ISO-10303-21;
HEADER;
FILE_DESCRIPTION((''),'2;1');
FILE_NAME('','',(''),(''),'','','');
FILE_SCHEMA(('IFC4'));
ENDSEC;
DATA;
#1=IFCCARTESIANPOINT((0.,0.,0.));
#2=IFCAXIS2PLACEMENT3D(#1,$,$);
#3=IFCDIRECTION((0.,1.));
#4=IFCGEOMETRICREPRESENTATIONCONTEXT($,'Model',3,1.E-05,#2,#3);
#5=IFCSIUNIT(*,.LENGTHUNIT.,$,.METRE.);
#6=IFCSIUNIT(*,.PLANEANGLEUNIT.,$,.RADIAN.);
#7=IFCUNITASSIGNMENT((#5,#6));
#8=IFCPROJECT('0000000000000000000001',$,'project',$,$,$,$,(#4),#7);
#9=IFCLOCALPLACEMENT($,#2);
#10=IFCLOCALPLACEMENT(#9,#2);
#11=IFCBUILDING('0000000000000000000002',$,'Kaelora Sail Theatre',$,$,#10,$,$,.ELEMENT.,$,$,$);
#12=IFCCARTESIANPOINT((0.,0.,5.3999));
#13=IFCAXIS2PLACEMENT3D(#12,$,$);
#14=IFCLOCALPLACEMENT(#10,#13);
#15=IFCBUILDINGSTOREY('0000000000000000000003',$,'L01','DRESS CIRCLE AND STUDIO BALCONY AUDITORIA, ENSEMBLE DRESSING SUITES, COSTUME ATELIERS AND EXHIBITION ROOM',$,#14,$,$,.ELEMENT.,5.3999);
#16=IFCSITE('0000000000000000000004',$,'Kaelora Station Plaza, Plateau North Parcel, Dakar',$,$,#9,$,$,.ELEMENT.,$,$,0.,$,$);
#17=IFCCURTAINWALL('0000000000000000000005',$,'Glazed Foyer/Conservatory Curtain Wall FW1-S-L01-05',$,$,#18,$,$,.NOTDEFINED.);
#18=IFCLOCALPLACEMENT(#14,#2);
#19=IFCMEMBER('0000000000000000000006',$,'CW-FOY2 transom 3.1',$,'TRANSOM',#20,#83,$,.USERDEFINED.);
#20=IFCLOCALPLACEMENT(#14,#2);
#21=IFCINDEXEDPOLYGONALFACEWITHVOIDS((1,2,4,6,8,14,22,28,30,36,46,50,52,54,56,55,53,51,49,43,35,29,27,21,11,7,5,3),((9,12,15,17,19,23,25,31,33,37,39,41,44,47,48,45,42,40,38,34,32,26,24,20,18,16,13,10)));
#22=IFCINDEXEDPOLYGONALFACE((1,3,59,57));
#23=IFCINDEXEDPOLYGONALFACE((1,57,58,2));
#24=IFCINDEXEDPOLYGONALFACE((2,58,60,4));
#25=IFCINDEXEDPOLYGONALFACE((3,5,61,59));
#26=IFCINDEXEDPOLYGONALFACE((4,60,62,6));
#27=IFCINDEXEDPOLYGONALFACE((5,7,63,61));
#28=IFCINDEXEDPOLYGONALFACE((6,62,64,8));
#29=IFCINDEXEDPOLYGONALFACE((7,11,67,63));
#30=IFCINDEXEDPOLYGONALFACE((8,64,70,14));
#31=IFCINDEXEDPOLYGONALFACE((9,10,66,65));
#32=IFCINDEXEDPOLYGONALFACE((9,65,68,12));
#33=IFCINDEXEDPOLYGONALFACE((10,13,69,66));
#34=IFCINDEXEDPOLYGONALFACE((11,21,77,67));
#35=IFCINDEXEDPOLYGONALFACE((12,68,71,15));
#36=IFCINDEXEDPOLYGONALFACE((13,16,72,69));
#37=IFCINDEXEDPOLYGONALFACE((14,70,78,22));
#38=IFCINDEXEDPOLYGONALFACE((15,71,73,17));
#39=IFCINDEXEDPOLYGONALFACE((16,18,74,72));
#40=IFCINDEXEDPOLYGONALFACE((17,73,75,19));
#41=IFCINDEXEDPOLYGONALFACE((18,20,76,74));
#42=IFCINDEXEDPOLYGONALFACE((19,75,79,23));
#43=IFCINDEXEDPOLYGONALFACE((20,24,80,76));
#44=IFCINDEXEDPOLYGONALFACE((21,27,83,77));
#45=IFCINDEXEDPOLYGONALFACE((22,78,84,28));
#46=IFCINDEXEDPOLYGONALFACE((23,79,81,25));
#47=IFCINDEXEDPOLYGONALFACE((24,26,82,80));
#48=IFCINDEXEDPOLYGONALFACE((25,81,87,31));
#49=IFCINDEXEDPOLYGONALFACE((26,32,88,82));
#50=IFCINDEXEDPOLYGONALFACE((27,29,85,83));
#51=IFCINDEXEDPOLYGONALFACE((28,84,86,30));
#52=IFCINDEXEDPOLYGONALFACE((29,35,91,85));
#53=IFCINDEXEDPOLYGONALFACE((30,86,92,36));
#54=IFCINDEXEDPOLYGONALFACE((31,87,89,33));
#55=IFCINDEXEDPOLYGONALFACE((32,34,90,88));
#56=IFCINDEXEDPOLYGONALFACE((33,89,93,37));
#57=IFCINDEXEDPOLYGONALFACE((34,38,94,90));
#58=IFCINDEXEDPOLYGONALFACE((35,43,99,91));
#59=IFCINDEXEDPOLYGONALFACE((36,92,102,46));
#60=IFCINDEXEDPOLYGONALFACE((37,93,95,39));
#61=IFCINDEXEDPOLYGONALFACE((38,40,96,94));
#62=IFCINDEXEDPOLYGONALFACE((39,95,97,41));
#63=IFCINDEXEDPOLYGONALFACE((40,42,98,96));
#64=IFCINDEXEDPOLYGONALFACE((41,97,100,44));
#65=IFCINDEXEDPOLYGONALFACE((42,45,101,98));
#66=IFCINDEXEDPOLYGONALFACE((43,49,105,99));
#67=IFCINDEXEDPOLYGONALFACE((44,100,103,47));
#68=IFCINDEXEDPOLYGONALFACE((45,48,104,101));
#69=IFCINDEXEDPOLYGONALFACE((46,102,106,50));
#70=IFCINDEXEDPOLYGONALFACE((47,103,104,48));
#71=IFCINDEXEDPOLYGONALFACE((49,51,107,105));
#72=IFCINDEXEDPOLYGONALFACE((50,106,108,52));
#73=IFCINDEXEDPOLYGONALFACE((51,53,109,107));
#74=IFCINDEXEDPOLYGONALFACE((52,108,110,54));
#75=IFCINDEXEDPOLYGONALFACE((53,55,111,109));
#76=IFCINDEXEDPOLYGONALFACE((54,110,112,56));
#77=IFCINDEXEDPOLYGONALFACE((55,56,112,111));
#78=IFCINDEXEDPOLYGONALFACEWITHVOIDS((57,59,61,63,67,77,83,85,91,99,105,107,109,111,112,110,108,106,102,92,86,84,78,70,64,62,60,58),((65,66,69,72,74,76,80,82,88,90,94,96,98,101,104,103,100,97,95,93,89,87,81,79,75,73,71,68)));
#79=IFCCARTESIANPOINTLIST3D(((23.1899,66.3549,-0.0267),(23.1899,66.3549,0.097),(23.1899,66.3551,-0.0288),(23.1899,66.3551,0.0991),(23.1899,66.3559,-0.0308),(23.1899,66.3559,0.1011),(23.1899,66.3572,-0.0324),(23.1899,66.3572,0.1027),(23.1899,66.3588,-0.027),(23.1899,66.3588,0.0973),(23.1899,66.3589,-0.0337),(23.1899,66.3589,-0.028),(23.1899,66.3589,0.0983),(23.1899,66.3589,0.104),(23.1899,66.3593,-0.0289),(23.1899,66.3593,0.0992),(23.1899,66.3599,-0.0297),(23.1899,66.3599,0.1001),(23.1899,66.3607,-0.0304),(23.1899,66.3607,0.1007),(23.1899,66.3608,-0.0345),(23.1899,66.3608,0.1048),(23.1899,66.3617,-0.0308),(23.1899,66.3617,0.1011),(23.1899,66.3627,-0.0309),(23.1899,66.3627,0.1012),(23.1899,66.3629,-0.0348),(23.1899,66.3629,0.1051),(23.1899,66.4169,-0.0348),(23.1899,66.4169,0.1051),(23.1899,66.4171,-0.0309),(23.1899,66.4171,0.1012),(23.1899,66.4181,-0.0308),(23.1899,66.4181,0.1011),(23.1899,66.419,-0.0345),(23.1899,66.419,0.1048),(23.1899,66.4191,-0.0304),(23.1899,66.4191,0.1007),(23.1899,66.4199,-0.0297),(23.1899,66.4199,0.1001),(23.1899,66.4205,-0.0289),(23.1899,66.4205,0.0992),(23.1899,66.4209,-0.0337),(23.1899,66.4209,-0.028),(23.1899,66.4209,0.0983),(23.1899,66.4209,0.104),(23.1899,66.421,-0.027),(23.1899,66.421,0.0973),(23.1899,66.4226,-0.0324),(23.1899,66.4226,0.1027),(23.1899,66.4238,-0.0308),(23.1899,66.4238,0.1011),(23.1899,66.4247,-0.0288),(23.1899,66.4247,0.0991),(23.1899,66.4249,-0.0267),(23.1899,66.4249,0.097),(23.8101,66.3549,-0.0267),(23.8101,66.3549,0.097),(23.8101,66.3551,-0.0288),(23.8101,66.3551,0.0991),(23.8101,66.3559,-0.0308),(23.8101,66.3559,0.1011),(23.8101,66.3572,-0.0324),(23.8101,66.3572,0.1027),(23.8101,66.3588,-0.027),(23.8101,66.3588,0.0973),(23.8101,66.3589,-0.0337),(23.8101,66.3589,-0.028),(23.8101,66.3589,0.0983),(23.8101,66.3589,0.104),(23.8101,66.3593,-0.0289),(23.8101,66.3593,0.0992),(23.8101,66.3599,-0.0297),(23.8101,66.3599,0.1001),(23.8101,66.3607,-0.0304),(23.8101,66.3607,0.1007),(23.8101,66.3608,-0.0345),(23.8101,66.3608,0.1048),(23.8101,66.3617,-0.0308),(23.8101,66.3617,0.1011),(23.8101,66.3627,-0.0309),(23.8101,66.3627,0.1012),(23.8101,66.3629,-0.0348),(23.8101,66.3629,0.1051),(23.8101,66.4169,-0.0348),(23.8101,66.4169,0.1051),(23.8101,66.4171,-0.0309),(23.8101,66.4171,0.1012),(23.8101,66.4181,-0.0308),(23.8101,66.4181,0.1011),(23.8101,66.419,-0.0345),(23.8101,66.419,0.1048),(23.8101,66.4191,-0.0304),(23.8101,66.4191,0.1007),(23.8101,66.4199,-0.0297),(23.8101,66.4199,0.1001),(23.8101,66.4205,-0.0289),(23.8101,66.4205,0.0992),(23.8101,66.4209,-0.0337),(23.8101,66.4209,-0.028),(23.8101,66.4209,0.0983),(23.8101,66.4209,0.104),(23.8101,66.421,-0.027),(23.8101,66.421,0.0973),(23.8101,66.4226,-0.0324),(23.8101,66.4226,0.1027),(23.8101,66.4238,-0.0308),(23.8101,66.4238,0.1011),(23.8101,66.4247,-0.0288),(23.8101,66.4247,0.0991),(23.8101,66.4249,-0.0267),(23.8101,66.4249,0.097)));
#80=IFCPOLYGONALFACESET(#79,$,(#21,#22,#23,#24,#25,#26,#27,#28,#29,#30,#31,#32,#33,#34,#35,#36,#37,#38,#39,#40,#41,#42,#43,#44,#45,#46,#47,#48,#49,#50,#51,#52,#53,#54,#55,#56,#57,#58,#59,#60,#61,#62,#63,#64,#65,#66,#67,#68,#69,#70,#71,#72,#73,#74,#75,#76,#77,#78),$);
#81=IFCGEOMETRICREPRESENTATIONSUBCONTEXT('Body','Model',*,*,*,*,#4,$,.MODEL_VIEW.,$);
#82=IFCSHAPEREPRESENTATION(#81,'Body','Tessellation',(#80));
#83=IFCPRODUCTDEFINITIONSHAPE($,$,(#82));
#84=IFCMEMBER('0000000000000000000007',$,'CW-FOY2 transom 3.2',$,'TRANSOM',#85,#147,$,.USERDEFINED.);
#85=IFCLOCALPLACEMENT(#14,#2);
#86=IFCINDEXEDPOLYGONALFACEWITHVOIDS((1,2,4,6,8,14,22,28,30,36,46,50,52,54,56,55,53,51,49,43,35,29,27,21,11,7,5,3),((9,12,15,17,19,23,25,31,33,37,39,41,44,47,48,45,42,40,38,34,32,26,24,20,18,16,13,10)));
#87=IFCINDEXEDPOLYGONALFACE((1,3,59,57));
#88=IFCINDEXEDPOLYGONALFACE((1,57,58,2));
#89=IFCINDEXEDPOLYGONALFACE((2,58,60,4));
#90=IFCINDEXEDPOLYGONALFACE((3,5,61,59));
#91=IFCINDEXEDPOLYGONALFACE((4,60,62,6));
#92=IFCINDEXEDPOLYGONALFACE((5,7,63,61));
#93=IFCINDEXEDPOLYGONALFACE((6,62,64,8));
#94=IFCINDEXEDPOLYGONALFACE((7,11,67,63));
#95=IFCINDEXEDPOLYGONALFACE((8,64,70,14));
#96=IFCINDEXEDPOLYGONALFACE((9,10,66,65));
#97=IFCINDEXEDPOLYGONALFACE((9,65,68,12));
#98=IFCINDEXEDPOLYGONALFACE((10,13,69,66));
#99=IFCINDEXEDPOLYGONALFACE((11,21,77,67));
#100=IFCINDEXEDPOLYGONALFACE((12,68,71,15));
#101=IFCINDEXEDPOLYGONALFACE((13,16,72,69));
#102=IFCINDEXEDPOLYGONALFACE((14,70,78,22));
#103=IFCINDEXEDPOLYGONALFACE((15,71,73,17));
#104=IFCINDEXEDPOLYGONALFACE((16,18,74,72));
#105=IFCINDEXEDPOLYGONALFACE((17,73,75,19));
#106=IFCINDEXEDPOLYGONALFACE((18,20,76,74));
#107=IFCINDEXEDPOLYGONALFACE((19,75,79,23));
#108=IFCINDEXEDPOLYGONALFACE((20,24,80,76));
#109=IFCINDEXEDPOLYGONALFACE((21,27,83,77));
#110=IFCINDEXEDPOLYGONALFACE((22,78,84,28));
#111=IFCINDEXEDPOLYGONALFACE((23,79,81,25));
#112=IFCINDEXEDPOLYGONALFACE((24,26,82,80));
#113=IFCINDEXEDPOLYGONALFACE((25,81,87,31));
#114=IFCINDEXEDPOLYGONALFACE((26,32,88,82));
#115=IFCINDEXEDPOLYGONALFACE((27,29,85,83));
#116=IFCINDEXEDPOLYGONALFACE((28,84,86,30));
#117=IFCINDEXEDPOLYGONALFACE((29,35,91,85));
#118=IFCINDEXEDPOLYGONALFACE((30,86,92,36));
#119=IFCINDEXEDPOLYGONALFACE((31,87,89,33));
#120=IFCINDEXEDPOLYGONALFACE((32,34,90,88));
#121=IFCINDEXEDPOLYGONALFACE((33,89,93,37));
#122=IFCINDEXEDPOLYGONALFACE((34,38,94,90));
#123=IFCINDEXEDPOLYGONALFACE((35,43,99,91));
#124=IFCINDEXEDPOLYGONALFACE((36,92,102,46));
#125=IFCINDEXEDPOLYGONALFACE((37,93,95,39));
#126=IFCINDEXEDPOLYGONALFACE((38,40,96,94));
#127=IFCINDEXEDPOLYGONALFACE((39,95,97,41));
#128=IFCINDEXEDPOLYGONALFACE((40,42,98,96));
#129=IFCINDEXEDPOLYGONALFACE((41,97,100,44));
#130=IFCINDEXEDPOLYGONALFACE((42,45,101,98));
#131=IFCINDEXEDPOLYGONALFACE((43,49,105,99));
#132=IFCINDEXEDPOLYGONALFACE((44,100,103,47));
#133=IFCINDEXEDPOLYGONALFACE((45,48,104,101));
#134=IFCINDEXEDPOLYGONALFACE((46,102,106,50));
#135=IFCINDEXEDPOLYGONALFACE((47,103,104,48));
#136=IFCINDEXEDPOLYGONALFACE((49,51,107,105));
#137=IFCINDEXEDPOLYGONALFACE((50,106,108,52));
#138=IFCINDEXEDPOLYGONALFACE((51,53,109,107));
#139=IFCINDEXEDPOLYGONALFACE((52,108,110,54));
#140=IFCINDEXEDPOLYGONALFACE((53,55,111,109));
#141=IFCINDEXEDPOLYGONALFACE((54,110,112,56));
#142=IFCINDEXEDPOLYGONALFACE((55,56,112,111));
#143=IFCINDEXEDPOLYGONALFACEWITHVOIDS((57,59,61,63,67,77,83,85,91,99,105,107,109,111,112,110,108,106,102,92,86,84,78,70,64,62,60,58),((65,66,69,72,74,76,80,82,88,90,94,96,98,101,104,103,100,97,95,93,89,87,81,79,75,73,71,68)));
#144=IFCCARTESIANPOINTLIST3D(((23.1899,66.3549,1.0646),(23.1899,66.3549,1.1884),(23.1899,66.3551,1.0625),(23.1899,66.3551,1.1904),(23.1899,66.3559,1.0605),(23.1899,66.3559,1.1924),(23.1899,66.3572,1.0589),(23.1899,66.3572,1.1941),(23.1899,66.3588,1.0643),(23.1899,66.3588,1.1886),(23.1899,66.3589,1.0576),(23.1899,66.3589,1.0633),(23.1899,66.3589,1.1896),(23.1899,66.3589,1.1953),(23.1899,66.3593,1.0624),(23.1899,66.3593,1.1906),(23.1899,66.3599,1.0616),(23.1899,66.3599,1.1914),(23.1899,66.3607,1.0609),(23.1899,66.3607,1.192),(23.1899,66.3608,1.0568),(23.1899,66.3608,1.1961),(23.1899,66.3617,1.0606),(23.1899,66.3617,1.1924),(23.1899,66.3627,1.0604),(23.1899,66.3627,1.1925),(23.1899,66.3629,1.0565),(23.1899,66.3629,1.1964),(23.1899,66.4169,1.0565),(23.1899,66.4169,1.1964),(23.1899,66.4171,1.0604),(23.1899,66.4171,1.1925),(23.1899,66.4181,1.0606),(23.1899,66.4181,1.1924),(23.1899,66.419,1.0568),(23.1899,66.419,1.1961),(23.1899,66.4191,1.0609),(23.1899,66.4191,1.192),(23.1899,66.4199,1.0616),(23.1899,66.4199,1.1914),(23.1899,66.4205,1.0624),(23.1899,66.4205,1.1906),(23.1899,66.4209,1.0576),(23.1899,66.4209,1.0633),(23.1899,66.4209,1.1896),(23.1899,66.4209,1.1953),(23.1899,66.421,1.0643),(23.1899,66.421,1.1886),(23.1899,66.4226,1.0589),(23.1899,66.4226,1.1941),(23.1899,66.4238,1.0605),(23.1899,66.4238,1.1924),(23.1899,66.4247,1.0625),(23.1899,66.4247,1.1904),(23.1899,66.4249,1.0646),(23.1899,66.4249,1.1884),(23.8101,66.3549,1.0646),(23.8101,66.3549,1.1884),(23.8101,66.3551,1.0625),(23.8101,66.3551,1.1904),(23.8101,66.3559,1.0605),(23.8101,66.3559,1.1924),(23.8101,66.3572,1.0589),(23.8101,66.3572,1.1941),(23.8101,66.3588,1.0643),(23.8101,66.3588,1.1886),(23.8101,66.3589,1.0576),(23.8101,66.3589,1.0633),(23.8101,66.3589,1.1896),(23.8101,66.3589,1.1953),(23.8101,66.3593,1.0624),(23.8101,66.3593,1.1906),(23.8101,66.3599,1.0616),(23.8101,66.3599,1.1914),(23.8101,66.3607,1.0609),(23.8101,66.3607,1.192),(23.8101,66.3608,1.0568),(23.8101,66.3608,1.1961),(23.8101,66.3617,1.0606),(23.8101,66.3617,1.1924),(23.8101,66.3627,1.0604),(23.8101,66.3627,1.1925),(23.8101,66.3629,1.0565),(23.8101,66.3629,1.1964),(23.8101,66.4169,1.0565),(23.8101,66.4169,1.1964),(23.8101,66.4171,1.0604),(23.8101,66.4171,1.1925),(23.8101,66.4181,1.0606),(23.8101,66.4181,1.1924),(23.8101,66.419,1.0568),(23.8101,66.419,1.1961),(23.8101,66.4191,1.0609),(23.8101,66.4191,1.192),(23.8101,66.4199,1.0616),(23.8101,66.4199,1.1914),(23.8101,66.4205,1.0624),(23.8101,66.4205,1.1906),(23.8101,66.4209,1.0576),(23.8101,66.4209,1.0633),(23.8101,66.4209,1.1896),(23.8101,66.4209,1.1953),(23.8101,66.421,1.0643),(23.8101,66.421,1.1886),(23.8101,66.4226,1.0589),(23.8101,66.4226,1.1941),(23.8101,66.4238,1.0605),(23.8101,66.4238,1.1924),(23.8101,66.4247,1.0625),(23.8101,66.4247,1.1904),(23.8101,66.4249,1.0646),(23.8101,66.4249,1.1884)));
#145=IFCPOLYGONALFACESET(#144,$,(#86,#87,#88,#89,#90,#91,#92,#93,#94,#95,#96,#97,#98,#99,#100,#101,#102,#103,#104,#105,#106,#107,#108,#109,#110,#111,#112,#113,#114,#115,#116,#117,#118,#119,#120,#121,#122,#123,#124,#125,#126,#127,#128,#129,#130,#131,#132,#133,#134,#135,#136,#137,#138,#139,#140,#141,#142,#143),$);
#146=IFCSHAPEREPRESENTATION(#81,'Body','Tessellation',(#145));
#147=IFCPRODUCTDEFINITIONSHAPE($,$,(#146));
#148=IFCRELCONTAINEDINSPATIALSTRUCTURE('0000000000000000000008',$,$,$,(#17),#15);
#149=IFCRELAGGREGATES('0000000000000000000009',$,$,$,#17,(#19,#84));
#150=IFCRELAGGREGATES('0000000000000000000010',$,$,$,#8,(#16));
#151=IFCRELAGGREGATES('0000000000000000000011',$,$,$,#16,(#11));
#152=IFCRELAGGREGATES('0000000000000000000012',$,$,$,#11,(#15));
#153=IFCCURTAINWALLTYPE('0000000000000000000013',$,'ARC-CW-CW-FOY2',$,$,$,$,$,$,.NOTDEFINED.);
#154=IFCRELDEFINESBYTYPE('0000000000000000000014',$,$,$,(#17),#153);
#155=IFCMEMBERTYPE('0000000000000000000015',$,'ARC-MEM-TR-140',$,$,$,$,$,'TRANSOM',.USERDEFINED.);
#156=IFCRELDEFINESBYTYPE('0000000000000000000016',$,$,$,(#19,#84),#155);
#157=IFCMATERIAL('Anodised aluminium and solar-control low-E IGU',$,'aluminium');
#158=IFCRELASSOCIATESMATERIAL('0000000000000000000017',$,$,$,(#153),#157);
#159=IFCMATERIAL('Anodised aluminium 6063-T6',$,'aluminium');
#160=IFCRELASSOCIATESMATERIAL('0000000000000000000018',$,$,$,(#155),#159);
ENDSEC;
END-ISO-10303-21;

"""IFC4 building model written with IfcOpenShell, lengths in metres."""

from ifc_helpers import new_model, si_unit, direction, frame, origin, origin_2d, place, context, subcontext, project, spatial, hollow_rectangle, extrude, material, material_profile, profile_set, type_object, element, aggregate, save


model = new_model("IFC4")

# Units and contexts
model_context = context("Model", 3, precision=1e-05, world=origin(), true_north=direction((0.0, 1.0)))
body_context = subcontext(model_context, "Body", "Model", "MODEL_VIEW")
ifc_project = project(units=[si_unit("LENGTHUNIT", "METRE"), si_unit("PLANEANGLEUNIT", "RADIAN")], contexts=[model_context])

# Site, building, storey
site_placement = place(None, origin())
site = spatial("IfcSite", under=ifc_project, at=site_placement, Name="Kaelora Station Plaza, Plateau North Parcel, Dakar", CompositionType="ELEMENT", RefElevation=0.0)
building_placement = place(site_placement, origin())
building = spatial("IfcBuilding", under=site, at=building_placement, Name="Kaelora Sail Theatre", CompositionType="ELEMENT")
storey_placement = place(building_placement, frame((0.0, 0.0, 5.3999)))
storey = spatial("IfcBuildingStorey", under=building, at=storey_placement, Name="L01", Description="DRESS CIRCLE AND STUDIO BALCONY AUDITORIA, ENSEMBLE DRESSING SUITES, COSTUME ATELIERS AND EXHIBITION ROOM", CompositionType="ELEMENT", Elevation=5.3999)

# Curtain wall, members
ifc_material_1 = material(Name="Anodised aluminium and solar-control low-E IGU", Category="aluminium")
curtain_wall_type = type_object("IfcCurtainWallType", Name="ARC-CW-CW-FOY2", PredefinedType="NOTDEFINED", material=ifc_material_1)
curtain_wall_placement = place(storey_placement, origin())
curtain_wall = element("IfcCurtainWall", 1, at=curtain_wall_placement, inside=storey, type_object=curtain_wall_type, Name="Glazed Foyer/Conservatory Curtain Wall FW1-S-L01-05", PredefinedType="NOTDEFINED")
ifc_material_2 = material(Name="Anodised aluminium 6063-T6", Category="aluminium")
ifc_material_profile_1 = material_profile(ifc_material_2, hollow_rectangle(XDim=0.0701, YDim=0.1399, WallThickness=0.0039, InnerFilletRadius=0.0039, OuterFilletRadius=0.0081, at=origin_2d()), Name="ALU-TRAN 70x140x4")
ifc_profile_set_1 = profile_set([ifc_material_profile_1], Name="Anodised aluminium 6063-T6")
member_type_1 = type_object("IfcMemberType", Name="ARC-MEM-TR-140", ElementType="TRANSOM", PredefinedType="USERDEFINED", material=ifc_profile_set_1)
member_1_placement = place(storey_placement, frame((23.1899, 66.3899, 0.0352), z_axis=(1.0, 0.0, 0.0), x_axis=(0.0, 1.0, 0.0)))
member_1 = element("IfcMember", 2, at=member_1_placement, type_object=member_type_1, Name="CW-FOY2 transom 3.1", ObjectType="TRANSOM", PredefinedType="USERDEFINED", context=body_context, shape_type="SweptSolid", body=[
    extrude(hollow_rectangle(XDim=0.0701, YDim=0.1399, WallThickness=0.0039, InnerFilletRadius=0.0039, OuterFilletRadius=0.0081, at=origin_2d()), origin(), (0.0, 0.0, 1.0), 0.6201),
])
member_2_placement = place(storey_placement, frame((23.1899, 66.3899, 1.1265), z_axis=(1.0, 0.0, 0.0), x_axis=(0.0, 1.0, 0.0)))
member_2 = element("IfcMember", 3, at=member_2_placement, type_object=member_type_1, Name="CW-FOY2 transom 3.2", ObjectType="TRANSOM", PredefinedType="USERDEFINED", context=body_context, shape_type="SweptSolid", body=[
    extrude(hollow_rectangle(XDim=0.0701, YDim=0.1399, WallThickness=0.0039, InnerFilletRadius=0.0039, OuterFilletRadius=0.0081, at=origin_2d()), origin(), (0.0, 0.0, 1.0), 0.6201),
])
aggregate(curtain_wall, [member_1, member_2])

save(model, "model.ifc")
